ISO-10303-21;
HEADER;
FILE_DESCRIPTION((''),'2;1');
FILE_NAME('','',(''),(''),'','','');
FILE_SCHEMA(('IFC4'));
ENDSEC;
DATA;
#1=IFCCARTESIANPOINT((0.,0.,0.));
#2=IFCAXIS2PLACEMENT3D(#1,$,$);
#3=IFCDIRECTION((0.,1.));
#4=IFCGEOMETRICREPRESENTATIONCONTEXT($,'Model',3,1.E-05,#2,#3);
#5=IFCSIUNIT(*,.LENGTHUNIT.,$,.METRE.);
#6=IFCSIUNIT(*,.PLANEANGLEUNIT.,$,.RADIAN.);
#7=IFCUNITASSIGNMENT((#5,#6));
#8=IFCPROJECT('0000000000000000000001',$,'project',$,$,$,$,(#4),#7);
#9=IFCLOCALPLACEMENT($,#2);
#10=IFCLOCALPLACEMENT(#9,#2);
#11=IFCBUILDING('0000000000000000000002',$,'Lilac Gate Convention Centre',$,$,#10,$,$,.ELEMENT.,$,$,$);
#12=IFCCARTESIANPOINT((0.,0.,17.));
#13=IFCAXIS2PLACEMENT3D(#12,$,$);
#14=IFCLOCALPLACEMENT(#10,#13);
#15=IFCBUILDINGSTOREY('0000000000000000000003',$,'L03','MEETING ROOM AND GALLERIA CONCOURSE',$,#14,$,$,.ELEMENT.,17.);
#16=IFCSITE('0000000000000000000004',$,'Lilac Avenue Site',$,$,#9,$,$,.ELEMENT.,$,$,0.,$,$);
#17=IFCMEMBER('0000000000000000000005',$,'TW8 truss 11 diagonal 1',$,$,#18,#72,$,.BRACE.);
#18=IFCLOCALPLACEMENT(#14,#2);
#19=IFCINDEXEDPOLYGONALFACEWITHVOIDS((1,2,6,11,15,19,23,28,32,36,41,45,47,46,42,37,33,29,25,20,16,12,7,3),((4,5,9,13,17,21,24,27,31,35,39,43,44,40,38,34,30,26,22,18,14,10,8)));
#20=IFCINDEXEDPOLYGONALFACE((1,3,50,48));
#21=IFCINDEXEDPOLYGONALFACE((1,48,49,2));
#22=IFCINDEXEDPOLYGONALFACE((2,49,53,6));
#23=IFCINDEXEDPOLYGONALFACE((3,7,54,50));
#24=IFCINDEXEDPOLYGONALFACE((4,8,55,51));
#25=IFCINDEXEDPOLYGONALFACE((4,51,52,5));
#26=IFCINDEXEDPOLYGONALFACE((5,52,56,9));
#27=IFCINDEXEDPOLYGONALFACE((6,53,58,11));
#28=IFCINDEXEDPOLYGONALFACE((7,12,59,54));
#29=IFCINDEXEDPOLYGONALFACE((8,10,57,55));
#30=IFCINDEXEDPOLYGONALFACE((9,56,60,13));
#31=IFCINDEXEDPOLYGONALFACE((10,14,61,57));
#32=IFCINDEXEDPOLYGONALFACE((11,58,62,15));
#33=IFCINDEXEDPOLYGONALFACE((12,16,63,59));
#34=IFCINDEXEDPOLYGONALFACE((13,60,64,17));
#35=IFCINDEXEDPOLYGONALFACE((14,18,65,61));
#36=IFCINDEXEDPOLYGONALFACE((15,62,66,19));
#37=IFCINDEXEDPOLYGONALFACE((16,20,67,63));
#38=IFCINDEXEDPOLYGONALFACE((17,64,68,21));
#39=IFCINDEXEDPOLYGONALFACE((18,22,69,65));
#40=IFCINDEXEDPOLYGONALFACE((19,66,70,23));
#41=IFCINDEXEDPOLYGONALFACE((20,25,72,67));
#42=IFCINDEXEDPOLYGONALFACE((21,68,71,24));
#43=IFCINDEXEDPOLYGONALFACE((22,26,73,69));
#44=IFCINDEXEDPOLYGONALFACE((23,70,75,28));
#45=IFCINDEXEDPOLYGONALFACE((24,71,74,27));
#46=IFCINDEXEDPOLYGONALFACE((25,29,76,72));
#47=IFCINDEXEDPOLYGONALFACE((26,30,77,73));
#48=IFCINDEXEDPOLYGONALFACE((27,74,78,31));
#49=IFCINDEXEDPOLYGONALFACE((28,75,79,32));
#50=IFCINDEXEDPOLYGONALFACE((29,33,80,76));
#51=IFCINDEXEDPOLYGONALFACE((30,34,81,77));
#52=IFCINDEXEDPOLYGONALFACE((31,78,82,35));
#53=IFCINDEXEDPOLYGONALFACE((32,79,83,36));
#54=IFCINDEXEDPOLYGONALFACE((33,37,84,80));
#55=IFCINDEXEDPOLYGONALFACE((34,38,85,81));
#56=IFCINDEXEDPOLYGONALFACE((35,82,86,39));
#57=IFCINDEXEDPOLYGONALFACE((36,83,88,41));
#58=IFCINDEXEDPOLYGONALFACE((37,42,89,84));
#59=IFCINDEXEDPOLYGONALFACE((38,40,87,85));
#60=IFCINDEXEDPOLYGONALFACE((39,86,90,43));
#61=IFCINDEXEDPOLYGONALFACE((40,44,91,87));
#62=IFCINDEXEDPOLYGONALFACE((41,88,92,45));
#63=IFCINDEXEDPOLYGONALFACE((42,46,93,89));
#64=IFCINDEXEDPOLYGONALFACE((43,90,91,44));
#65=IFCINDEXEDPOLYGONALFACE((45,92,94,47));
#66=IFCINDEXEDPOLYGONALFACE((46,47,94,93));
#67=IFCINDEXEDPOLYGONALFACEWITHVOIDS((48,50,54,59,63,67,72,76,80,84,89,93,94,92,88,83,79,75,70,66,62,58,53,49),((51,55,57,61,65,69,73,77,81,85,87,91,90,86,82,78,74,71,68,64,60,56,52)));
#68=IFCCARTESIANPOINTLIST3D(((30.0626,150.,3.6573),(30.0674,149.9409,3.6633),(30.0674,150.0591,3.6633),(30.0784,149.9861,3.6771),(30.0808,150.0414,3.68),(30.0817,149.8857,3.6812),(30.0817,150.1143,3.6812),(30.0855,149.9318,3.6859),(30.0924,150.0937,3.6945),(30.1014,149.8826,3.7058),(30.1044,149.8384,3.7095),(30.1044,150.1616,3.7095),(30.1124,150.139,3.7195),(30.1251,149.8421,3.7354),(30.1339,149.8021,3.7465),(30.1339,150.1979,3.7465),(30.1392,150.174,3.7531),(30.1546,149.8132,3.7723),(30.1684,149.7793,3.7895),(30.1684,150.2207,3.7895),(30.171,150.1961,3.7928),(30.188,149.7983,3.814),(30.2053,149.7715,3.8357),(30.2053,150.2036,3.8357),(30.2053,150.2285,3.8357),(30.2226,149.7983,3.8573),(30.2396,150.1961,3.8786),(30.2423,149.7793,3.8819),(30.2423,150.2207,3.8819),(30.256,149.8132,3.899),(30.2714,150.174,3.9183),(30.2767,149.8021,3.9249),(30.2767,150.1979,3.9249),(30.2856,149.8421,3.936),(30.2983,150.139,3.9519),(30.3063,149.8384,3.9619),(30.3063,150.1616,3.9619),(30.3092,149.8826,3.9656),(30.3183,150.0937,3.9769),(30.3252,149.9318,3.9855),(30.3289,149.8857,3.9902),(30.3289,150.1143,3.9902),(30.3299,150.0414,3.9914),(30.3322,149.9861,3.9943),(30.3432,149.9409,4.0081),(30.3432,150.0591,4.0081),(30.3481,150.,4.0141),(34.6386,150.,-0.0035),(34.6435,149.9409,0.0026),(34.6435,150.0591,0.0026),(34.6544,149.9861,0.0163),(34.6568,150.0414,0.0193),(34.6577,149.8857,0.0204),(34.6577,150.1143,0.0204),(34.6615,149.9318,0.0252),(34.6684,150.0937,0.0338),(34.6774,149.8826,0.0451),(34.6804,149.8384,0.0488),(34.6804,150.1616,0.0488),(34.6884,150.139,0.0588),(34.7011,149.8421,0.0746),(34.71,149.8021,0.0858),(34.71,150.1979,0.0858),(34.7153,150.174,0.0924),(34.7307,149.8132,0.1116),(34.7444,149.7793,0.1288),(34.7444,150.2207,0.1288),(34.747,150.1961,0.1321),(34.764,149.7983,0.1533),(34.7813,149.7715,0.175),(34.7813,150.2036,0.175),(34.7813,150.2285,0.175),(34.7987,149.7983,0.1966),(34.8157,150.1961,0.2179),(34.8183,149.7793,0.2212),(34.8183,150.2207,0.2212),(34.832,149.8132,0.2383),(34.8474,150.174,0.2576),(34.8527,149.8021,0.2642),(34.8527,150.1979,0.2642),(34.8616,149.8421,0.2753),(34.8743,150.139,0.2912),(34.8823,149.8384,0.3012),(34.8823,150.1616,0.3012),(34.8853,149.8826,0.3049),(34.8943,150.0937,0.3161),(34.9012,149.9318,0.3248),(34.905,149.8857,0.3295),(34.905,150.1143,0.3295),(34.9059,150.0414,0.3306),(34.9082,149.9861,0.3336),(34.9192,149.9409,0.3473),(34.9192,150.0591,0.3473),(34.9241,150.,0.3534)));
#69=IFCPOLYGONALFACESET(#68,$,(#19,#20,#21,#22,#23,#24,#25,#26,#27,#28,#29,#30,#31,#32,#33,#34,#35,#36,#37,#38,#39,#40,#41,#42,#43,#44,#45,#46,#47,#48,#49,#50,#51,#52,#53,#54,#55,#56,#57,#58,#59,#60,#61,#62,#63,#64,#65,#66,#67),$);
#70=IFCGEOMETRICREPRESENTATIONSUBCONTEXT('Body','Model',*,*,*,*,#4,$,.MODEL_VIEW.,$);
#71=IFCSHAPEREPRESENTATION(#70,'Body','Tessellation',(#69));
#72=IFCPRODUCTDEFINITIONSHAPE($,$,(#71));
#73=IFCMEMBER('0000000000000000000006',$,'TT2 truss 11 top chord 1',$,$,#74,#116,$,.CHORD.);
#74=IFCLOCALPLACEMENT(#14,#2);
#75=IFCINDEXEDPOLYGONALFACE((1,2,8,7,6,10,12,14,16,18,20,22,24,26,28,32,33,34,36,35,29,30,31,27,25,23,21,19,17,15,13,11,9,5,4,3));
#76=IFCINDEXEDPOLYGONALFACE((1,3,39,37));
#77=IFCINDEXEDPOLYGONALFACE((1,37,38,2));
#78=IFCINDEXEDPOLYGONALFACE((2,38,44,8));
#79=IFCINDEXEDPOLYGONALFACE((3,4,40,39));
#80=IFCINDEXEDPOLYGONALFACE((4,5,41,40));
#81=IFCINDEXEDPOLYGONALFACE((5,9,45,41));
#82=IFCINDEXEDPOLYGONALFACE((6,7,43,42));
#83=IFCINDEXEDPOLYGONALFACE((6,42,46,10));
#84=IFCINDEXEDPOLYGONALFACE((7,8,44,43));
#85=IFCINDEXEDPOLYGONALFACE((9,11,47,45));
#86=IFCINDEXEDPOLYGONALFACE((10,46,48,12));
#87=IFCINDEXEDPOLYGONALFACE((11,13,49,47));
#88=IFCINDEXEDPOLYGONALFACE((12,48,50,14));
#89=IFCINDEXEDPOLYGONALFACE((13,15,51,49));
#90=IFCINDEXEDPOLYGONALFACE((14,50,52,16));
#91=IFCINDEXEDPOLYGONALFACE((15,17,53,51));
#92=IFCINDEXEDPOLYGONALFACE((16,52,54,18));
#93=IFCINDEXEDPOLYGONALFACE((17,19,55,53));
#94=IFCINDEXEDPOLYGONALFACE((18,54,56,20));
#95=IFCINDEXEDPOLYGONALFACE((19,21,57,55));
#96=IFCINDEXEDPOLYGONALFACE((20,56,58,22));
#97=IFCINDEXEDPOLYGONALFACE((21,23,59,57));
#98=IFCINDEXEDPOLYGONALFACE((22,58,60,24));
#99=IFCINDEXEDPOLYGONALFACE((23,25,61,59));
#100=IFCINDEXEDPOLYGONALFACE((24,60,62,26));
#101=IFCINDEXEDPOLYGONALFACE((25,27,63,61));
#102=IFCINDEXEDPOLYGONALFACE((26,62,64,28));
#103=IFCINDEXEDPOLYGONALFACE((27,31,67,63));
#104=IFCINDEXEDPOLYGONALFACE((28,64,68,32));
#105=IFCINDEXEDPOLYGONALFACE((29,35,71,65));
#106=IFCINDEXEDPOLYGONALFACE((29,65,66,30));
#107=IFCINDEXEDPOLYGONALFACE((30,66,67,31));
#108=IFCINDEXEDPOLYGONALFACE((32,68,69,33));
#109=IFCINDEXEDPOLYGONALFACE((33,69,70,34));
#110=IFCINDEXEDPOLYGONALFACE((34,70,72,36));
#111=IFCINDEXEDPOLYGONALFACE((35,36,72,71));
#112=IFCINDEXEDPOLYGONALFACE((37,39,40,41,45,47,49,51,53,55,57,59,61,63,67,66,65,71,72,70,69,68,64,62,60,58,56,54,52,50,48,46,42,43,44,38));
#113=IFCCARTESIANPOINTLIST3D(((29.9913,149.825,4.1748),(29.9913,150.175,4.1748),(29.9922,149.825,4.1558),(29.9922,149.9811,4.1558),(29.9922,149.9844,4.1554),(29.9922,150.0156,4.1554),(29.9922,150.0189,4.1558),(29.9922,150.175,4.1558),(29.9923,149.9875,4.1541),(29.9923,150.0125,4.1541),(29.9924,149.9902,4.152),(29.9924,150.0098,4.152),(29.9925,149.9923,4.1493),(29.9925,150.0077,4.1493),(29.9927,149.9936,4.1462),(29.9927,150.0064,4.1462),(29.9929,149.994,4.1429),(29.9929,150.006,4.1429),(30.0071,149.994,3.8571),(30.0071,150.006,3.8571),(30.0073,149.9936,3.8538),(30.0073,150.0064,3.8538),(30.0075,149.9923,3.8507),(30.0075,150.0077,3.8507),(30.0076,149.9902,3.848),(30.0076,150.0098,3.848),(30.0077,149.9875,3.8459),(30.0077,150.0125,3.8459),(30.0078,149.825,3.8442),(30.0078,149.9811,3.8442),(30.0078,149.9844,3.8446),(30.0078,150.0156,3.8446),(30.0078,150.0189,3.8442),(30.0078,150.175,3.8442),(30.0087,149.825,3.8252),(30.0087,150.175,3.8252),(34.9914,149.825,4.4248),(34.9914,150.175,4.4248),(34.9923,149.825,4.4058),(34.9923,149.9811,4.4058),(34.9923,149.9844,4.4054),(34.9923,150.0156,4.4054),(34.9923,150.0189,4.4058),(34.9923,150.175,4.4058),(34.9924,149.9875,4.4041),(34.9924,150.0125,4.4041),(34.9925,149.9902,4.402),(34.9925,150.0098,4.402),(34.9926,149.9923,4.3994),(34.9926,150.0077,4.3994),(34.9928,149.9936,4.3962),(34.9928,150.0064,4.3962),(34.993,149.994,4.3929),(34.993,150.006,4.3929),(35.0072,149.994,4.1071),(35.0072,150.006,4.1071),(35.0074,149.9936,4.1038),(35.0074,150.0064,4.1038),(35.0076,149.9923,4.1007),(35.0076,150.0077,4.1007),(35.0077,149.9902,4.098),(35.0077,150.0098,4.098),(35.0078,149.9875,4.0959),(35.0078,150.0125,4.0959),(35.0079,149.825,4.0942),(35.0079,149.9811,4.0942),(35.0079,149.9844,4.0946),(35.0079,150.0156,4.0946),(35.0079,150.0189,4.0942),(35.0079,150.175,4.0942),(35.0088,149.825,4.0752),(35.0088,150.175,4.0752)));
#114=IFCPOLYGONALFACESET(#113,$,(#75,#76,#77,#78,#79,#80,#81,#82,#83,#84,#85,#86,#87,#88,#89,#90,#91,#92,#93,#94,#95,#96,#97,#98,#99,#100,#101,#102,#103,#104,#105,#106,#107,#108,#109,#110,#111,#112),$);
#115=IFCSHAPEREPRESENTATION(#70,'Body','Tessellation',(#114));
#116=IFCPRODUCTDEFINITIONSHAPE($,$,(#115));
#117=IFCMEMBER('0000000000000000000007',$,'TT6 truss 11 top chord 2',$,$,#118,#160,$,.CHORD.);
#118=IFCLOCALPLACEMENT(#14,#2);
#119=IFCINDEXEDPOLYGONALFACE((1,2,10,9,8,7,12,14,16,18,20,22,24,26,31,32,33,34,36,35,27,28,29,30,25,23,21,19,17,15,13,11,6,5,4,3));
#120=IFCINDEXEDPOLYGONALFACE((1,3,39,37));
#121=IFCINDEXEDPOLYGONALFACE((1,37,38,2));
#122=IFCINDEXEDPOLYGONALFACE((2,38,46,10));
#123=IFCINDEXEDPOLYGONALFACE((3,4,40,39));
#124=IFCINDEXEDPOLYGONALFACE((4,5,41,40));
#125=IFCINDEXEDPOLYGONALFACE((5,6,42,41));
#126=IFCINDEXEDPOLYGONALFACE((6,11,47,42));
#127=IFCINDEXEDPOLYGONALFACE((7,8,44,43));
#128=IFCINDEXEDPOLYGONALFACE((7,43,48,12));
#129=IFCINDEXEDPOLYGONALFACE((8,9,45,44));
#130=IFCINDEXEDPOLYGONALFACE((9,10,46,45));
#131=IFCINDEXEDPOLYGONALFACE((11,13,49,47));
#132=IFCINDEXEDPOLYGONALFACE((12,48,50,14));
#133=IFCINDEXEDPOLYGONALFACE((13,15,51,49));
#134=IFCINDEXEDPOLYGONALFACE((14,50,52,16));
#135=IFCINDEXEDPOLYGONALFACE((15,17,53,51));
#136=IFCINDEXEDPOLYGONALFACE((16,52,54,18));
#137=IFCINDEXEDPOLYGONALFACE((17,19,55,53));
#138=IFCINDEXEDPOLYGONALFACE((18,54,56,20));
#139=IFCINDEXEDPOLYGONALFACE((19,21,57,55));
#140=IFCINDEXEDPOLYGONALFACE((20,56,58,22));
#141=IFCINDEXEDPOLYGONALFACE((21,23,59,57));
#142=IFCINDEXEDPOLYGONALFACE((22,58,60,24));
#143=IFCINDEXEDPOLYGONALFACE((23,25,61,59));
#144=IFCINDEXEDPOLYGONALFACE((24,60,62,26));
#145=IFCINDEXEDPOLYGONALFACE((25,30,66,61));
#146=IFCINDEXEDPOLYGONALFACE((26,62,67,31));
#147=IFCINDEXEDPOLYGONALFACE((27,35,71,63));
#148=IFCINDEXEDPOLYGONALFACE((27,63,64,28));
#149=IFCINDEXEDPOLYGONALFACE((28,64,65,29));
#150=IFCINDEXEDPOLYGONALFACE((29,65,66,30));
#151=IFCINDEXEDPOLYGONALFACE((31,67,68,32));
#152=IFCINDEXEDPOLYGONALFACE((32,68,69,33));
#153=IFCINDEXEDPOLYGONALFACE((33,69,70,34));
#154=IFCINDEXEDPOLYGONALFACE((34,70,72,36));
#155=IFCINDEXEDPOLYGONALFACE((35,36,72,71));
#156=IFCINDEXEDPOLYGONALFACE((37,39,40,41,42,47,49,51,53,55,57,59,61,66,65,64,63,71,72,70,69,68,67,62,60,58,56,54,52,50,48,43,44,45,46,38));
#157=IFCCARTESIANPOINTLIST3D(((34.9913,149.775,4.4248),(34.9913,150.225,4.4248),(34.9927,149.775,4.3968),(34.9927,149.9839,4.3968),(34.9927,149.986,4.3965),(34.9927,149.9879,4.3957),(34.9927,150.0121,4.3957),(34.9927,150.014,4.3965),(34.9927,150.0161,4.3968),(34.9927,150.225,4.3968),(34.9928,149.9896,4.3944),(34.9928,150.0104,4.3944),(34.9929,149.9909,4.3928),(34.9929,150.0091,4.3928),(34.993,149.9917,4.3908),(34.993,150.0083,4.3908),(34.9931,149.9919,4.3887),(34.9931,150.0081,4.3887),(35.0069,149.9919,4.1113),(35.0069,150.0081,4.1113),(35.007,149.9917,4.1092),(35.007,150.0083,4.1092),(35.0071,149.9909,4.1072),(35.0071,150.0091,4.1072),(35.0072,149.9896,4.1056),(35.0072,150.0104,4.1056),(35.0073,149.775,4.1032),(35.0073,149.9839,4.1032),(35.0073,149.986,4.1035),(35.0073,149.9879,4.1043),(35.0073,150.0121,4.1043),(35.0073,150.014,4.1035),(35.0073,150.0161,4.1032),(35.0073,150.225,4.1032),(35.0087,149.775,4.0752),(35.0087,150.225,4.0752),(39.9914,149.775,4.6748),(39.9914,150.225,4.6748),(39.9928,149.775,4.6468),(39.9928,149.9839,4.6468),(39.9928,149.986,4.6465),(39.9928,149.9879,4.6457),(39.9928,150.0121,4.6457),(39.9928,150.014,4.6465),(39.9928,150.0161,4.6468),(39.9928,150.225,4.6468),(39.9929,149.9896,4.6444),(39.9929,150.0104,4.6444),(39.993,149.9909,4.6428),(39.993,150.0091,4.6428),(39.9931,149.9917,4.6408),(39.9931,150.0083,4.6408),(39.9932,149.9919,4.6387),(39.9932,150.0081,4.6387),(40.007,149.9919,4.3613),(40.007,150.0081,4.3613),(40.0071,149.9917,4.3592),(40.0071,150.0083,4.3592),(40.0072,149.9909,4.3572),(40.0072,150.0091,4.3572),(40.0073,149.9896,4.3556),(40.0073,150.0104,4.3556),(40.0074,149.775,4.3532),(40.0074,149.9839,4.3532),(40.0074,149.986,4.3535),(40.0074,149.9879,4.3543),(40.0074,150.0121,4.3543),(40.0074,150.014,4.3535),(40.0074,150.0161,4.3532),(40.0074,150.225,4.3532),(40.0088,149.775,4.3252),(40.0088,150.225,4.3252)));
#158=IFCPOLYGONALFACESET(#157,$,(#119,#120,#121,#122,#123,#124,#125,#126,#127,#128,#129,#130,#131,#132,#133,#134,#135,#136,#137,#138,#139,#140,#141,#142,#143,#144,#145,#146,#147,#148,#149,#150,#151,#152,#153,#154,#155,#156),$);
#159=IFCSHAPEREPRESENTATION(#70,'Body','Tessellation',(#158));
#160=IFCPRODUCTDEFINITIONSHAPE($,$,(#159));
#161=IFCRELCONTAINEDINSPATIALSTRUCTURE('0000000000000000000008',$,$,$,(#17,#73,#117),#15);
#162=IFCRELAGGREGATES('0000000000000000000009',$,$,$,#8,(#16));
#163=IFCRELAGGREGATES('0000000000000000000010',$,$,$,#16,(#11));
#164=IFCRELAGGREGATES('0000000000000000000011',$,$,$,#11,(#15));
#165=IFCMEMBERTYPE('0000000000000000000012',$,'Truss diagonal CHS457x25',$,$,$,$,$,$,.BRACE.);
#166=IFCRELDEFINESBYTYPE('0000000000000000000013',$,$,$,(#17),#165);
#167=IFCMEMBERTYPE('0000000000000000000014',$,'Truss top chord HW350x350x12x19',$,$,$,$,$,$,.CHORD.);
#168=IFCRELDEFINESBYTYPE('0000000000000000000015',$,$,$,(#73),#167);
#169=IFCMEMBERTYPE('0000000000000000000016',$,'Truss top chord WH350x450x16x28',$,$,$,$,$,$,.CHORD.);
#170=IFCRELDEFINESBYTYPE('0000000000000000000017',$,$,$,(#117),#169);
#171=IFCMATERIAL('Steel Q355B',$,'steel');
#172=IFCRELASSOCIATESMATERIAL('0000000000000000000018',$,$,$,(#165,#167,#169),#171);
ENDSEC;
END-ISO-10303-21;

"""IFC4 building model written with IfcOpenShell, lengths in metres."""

from ifc_helpers import new_model, si_unit, direction, frame, origin, origin_2d, place, context, subcontext, project, spatial, hollow_circle, i_section, extrude, material, material_profile, profile_set, type_object, element, save


model = new_model("IFC4")

# Units and contexts
model_context = context("Model", 3, precision=1e-05, world=origin(), true_north=direction((0.0, 1.0)))
body_context = subcontext(model_context, "Body", "Model", "MODEL_VIEW")
ifc_project = project(units=[si_unit("LENGTHUNIT", "METRE"), si_unit("PLANEANGLEUNIT", "RADIAN")], contexts=[model_context])

# Site, building, storey
site_placement = place(None, origin())
site = spatial("IfcSite", under=ifc_project, at=site_placement, Name="Lilac Avenue Site", CompositionType="ELEMENT", RefElevation=0.0)
building_placement = place(site_placement, origin())
building = spatial("IfcBuilding", under=site, at=building_placement, Name="Lilac Gate Convention Centre", CompositionType="ELEMENT")
storey_placement = place(building_placement, frame((0.0, 0.0, 17.0)))
storey = spatial("IfcBuildingStorey", under=building, at=storey_placement, Name="L03", Description="MEETING ROOM AND GALLERIA CONCOURSE", CompositionType="ELEMENT", Elevation=17.0)

# Members
ifc_material = material(Name="Steel Q355B", Category="steel")
ifc_material_profile_1 = material_profile(ifc_material, hollow_circle(Radius=0.2285, WallThickness=0.0249, at=origin_2d()), Name="CHS457x25")
ifc_profile_set_1 = profile_set([ifc_material_profile_1], Name="Steel Q355B")
member_type_1 = type_object("IfcMemberType", Name="Truss diagonal CHS457x25", PredefinedType="BRACE", material=ifc_profile_set_1)
member_1_placement = place(storey_placement, frame((30.2053, 150.0, 3.8357), z_axis=(0.780877, 0.0, -0.624685), x_axis=(0.0, 1.0, 0.0)))
element("IfcMember", 1, at=member_1_placement, inside=storey, type_object=member_type_1, Name="TW8 truss 11 diagonal 1", PredefinedType="BRACE", context=body_context, shape_type="SweptSolid", body=[
    extrude(hollow_circle(Radius=0.2285, WallThickness=0.0249, at=origin_2d()), origin(), (0.0, 0.0, 1.0), 5.8601),
])
ifc_material_profile_2 = material_profile(ifc_material, i_section(OverallWidth=0.3501, OverallDepth=0.3501, WebThickness=0.012, FlangeThickness=0.019, FilletRadius=0.0129, at=origin_2d()), Name="HW350x350x12x19")
ifc_profile_set_2 = profile_set([ifc_material_profile_2], Name="Steel Q355B")
member_type_2 = type_object("IfcMemberType", Name="Truss top chord HW350x350x12x19", PredefinedType="CHORD", material=ifc_profile_set_2)
member_2_placement = place(storey_placement, frame((30.0, 150.0, 4.0), z_axis=(0.998752, 0.0, 0.049938), x_axis=(0.0, 1.0, 0.0)))
element("IfcMember", 2, at=member_2_placement, inside=storey, type_object=member_type_2, Name="TT2 truss 11 top chord 1", PredefinedType="CHORD", context=body_context, shape_type="SweptSolid", body=[
    extrude(i_section(OverallWidth=0.3501, OverallDepth=0.3501, WebThickness=0.012, FlangeThickness=0.019, FilletRadius=0.0129, at=origin_2d()), origin(), (0.0, 0.0, 1.0), 5.0063),
])
ifc_material_profile_3 = material_profile(ifc_material, i_section(OverallWidth=0.45, OverallDepth=0.3501, WebThickness=0.0161, FlangeThickness=0.0281, FilletRadius=0.0081, at=origin_2d()), Name="WH350x450x16x28")
ifc_profile_set_3 = profile_set([ifc_material_profile_3], Name="Steel Q355B")
member_type_3 = type_object("IfcMemberType", Name="Truss top chord WH350x450x16x28", PredefinedType="CHORD", material=ifc_profile_set_3)
member_3_placement = place(storey_placement, frame((35.0, 150.0, 4.25), z_axis=(0.998752, 0.0, 0.049938), x_axis=(0.0, 1.0, 0.0)))
element("IfcMember", 3, at=member_3_placement, inside=storey, type_object=member_type_3, Name="TT6 truss 11 top chord 2", PredefinedType="CHORD", context=body_context, shape_type="SweptSolid", body=[
    extrude(i_section(OverallWidth=0.45, OverallDepth=0.3501, WebThickness=0.0161, FlangeThickness=0.0281, FilletRadius=0.0081, at=origin_2d()), origin(), (0.0, 0.0, 1.0), 5.0063),
])

save(model, "model.ifc")
